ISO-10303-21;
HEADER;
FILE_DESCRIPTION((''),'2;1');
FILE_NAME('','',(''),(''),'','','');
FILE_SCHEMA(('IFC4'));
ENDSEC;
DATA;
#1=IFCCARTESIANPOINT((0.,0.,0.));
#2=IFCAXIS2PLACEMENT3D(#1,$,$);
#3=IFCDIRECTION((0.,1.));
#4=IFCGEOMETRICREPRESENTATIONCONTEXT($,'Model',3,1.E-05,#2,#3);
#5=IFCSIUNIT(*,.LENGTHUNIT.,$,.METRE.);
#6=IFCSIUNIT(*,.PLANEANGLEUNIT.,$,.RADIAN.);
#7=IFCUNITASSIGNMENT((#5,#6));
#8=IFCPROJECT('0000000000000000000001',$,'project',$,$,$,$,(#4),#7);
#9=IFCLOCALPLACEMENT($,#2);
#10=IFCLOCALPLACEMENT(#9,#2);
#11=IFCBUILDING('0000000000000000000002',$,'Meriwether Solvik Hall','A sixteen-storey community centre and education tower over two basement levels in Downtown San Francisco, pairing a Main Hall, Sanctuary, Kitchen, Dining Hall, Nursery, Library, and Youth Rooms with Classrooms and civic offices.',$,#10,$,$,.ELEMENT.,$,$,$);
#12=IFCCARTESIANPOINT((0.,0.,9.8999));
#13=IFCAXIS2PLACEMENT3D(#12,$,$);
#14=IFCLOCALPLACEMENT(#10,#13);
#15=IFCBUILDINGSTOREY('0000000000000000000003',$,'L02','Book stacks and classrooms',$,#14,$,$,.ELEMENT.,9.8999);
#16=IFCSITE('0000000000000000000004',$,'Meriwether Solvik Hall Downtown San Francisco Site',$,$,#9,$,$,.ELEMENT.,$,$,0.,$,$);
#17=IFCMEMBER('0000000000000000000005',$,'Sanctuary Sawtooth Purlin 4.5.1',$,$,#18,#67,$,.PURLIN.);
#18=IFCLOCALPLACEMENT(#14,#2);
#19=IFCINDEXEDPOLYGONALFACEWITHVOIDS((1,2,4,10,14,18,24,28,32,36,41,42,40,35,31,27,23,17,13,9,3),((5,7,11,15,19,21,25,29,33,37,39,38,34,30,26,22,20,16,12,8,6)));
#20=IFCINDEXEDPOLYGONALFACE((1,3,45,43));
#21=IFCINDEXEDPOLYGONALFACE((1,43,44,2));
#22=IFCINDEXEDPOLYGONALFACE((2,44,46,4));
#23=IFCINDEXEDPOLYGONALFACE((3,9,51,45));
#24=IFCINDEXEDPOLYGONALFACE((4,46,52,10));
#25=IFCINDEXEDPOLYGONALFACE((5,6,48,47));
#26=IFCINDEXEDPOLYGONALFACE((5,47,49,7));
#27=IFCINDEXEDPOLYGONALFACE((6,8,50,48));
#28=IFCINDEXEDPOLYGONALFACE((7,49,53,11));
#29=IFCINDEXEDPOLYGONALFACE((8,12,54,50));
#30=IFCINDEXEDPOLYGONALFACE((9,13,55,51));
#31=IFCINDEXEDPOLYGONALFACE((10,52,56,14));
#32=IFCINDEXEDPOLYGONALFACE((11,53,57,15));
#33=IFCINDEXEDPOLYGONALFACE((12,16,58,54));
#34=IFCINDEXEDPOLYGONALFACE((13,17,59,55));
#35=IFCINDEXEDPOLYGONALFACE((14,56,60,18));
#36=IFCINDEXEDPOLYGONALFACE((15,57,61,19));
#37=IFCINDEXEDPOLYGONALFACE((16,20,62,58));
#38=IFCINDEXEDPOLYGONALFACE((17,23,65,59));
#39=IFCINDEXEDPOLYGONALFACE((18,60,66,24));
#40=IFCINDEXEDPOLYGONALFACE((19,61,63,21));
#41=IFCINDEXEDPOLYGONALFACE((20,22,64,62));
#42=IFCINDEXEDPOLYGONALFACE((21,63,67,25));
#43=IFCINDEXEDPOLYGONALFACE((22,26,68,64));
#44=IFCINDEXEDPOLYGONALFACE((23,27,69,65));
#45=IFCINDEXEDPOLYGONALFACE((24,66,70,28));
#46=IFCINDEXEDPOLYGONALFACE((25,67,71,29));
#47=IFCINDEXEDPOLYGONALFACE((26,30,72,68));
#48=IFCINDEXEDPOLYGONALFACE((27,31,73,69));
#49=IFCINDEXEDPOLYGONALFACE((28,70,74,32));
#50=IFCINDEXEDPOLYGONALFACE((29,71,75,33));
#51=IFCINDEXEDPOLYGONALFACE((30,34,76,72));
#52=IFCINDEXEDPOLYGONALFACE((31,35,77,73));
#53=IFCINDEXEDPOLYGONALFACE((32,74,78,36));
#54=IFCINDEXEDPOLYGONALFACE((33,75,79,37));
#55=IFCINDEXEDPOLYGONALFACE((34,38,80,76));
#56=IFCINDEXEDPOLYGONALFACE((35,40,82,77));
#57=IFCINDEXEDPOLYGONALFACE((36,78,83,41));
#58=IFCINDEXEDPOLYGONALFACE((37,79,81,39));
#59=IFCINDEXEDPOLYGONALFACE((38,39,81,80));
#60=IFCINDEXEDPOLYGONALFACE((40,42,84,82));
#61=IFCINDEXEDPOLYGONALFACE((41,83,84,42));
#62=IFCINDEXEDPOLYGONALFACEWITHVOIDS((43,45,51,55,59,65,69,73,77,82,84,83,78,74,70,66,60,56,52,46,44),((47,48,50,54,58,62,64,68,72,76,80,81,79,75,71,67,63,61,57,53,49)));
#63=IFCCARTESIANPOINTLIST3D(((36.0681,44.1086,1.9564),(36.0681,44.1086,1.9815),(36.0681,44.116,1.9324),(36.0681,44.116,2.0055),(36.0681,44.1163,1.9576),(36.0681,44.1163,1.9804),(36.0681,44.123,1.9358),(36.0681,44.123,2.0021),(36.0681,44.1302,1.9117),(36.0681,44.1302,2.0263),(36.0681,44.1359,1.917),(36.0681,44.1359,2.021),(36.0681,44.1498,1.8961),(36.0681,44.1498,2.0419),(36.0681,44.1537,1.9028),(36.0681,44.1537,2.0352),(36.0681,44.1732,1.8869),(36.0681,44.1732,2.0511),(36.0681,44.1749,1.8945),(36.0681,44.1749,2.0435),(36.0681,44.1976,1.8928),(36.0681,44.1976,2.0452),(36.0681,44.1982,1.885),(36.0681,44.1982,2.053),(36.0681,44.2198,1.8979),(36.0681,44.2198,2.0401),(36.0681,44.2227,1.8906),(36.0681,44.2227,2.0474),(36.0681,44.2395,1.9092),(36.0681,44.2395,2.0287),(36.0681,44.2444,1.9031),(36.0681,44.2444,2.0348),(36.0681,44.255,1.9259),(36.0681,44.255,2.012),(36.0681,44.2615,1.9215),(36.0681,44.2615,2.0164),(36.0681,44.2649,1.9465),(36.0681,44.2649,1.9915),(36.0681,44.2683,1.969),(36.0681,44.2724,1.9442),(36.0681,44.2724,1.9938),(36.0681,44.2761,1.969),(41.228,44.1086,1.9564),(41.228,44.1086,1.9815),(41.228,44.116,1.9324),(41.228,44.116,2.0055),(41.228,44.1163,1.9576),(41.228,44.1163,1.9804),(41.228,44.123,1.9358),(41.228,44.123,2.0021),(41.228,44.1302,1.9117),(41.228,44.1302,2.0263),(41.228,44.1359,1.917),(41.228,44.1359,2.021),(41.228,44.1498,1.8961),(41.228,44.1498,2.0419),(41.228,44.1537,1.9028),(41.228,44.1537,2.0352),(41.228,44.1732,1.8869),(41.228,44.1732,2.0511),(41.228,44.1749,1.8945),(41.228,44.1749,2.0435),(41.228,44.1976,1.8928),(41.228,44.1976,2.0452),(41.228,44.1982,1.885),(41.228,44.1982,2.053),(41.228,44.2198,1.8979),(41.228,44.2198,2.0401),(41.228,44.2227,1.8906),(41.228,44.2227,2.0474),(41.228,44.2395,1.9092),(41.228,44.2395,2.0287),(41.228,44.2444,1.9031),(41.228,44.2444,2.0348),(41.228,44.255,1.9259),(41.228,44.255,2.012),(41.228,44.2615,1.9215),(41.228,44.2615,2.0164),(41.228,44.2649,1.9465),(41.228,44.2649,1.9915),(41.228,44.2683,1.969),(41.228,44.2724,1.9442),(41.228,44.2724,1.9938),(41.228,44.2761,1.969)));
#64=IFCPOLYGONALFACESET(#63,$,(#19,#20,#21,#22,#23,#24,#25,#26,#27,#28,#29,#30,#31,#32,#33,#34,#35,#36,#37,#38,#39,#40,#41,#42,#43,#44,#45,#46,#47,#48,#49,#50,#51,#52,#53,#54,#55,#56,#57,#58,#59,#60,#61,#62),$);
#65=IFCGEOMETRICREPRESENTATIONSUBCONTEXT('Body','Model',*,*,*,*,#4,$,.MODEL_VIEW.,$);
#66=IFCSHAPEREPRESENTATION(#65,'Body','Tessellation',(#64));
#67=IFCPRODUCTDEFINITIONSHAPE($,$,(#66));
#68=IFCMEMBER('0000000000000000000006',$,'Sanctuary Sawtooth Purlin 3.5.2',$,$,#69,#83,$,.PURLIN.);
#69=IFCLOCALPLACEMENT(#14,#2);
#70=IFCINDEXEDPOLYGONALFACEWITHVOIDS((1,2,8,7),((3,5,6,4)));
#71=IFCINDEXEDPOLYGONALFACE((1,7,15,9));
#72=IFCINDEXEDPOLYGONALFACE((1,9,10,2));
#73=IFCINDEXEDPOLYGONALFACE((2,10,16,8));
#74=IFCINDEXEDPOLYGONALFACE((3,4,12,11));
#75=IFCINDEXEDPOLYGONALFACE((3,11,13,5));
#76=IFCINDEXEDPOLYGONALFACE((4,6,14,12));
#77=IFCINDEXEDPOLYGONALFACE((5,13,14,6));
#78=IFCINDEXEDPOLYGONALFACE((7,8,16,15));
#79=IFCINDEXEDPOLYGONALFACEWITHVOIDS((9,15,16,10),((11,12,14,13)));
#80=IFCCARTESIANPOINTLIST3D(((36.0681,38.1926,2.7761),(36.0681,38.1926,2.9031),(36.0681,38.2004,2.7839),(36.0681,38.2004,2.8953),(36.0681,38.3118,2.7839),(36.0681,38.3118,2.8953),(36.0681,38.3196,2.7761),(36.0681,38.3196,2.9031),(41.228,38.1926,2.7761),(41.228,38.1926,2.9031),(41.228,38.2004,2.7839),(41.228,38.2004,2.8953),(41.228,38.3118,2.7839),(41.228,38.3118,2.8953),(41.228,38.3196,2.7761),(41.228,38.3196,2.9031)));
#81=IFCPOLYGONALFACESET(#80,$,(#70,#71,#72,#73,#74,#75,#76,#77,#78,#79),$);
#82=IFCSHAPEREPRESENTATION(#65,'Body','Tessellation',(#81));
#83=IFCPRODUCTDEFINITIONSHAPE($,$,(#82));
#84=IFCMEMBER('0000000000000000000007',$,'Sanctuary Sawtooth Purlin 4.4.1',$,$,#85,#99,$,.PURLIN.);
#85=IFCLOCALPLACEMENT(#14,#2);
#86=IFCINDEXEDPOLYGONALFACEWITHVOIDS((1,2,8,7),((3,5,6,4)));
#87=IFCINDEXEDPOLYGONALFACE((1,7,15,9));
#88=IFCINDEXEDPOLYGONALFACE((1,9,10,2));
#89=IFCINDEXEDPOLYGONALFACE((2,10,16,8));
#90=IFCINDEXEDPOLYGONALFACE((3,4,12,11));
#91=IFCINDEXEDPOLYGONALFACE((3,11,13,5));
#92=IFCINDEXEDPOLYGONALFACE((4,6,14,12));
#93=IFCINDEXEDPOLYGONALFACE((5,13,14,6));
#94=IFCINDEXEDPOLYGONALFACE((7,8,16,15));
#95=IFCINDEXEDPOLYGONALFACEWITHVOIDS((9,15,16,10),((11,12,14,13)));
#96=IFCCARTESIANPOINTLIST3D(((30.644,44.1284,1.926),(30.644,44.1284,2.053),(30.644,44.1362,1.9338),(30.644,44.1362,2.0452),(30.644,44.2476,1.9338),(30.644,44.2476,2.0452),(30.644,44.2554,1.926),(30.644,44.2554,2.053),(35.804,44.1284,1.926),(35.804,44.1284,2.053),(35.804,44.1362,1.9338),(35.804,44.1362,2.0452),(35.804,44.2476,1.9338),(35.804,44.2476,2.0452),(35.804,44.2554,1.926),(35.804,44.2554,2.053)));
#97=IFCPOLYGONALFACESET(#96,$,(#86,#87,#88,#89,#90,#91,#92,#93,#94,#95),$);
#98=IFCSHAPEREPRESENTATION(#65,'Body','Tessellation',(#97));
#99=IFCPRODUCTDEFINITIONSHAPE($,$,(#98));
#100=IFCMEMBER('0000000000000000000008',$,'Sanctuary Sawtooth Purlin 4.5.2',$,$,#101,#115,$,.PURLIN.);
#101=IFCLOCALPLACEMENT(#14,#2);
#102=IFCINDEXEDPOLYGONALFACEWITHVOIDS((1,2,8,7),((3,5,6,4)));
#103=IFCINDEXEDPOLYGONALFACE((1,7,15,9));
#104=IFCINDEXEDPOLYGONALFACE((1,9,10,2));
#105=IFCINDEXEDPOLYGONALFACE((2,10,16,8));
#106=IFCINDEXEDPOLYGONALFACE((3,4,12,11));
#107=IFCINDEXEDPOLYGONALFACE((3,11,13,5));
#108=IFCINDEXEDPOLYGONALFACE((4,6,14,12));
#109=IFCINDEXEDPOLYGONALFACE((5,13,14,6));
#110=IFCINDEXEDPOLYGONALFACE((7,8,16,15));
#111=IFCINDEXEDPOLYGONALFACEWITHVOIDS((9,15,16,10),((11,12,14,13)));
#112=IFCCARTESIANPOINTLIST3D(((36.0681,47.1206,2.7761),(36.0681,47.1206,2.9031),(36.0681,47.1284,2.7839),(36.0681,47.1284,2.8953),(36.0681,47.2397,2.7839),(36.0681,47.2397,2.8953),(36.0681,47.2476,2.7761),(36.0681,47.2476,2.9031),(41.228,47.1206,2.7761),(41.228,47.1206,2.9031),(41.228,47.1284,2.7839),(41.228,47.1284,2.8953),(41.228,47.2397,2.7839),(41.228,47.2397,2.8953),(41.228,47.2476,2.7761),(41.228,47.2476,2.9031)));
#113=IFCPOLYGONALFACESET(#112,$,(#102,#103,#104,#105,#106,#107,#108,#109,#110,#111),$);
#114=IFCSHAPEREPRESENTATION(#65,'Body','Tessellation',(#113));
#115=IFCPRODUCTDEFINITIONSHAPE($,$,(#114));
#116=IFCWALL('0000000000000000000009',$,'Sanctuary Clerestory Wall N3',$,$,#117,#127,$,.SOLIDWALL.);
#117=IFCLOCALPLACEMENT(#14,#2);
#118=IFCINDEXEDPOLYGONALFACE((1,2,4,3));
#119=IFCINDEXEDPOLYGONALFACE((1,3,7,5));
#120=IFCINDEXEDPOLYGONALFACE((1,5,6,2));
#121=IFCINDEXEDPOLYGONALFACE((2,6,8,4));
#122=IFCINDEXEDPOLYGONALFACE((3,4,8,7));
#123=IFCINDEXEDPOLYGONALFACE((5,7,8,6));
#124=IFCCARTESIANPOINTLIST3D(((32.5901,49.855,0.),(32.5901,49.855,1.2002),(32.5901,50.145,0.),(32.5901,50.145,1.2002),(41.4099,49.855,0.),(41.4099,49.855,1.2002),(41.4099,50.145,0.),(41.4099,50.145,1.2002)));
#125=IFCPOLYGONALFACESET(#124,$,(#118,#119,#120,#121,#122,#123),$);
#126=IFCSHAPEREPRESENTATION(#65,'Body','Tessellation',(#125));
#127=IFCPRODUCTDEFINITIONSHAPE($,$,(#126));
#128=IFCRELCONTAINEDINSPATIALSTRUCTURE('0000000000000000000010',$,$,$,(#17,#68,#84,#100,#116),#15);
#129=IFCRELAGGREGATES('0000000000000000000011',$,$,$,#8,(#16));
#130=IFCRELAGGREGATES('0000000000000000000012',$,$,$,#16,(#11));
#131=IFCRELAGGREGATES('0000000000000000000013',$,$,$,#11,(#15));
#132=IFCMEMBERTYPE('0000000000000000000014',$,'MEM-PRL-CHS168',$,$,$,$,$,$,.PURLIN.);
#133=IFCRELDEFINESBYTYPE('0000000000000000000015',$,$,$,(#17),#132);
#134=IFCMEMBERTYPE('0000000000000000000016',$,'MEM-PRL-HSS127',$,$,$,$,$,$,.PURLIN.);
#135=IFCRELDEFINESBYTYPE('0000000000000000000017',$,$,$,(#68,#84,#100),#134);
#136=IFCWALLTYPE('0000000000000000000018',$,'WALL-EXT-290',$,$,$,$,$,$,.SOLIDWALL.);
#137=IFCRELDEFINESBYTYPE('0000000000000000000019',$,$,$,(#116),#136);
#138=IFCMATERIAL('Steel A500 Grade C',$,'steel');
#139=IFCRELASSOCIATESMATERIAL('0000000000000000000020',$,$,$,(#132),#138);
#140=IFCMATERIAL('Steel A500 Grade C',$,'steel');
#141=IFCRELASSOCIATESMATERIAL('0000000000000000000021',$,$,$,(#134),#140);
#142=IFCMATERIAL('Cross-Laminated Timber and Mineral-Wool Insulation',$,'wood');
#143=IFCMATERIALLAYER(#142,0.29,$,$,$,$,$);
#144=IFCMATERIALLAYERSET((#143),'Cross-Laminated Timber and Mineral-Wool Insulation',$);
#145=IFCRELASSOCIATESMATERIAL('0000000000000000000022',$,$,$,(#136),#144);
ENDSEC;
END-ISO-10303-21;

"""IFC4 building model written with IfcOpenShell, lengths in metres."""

from ifc_helpers import new_model, si_unit, direction, frame, frame_2d, origin, origin_2d, place, context, subcontext, project, spatial, rectangle, hollow_rectangle, hollow_circle, extrude, material, layer, layer_set, material_profile, profile_set, type_object, element, save


model = new_model("IFC4")

# Units and contexts
model_context = context("Model", 3, precision=1e-05, world=origin(), true_north=direction((0.0, 1.0)))
body_context = subcontext(model_context, "Body", "Model", "MODEL_VIEW")
ifc_project = project(units=[si_unit("LENGTHUNIT", "METRE"), si_unit("PLANEANGLEUNIT", "RADIAN")], contexts=[model_context])

# Site, building, storey
site_placement = place(None, origin())
site = spatial("IfcSite", under=ifc_project, at=site_placement, Name="Meriwether Solvik Hall Downtown San Francisco Site", CompositionType="ELEMENT", RefElevation=0.0)
building_placement = place(site_placement, origin())
building = spatial("IfcBuilding", under=site, at=building_placement, Name="Meriwether Solvik Hall", Description="A sixteen-storey community centre and education tower over two basement levels in Downtown San Francisco, pairing a Main Hall, Sanctuary, Kitchen, Dining Hall, Nursery, Library, and Youth Rooms with Classrooms and civic offices.", CompositionType="ELEMENT")
storey_placement = place(building_placement, frame((0.0, 0.0, 9.8999)))
storey = spatial("IfcBuildingStorey", under=building, at=storey_placement, Name="L02", Description="Book stacks and classrooms", CompositionType="ELEMENT", Elevation=9.8999)

# Members
ifc_material_1 = material(Name="Steel A500 Grade C", Category="steel")
ifc_material_profile_1 = material_profile(ifc_material_1, hollow_circle(Radius=0.0842, WallThickness=0.0078, at=origin_2d()), Name="CHS168X7.9")
ifc_profile_set_1 = profile_set([ifc_material_profile_1], Name="Steel A500 Grade C")
member_type_1 = type_object("IfcMemberType", Name="MEM-PRL-CHS168", PredefinedType="PURLIN", material=ifc_profile_set_1)
for number, where, z_axis, x_axis, name in (
    (1, (36.0681, 44.1919, 1.969), (1.0, 0.0, 0.0), (0.0, 1.0, 0.0), "Sanctuary Sawtooth Purlin 4.5.1"),
):
    element("IfcMember", number, at=place(storey_placement, frame(where, z_axis=z_axis, x_axis=x_axis)), inside=storey, type_object=member_type_1, Name=name, PredefinedType="PURLIN", context=body_context, shape_type="SweptSolid", body=[
        extrude(hollow_circle(Radius=0.0842, WallThickness=0.0078, at=origin_2d()), origin(), (0.0, 0.0, 1.0), 5.1599),
    ])
ifc_material_2 = material(Name="Steel A500 Grade C", Category="steel")
ifc_material_profile_2 = material_profile(ifc_material_2, hollow_rectangle(XDim=0.127, YDim=0.127, WallThickness=0.0078, at=origin_2d()), Name="HSS127X127X7.9")
ifc_profile_set_2 = profile_set([ifc_material_profile_2], Name="Steel A500 Grade C")
member_type_2 = type_object("IfcMemberType", Name="MEM-PRL-HSS127", PredefinedType="PURLIN", material=ifc_profile_set_2)
for number, where, z_axis, x_axis, name in (
    (2, (36.0681, 38.2561, 2.8396), (1.0, 0.0, 0.0), (0.0, 1.0, 0.0), "Sanctuary Sawtooth Purlin 3.5.2"),
    (3, (30.644, 44.1919, 1.9895), (1.0, 0.0, 0.0), (0.0, 1.0, 0.0), "Sanctuary Sawtooth Purlin 4.4.1"),
    (4, (36.0681, 47.1841, 2.8396), (1.0, 0.0, 0.0), (0.0, 1.0, 0.0), "Sanctuary Sawtooth Purlin 4.5.2"),
):
    element("IfcMember", number, at=place(storey_placement, frame(where, z_axis=z_axis, x_axis=x_axis)), inside=storey, type_object=member_type_2, Name=name, PredefinedType="PURLIN", context=body_context, shape_type="SweptSolid", body=[
        extrude(hollow_rectangle(XDim=0.127, YDim=0.127, WallThickness=0.0078, at=origin_2d()), origin(), (0.0, 0.0, 1.0), 5.1599),
    ])

# Wall
ifc_material_3 = material(Name="Cross-Laminated Timber and Mineral-Wool Insulation", Category="wood")
ifc_layer_1 = layer(ifc_material_3, 0.29)
ifc_layer_set_1 = layer_set([ifc_layer_1], Name="Cross-Laminated Timber and Mineral-Wool Insulation")
wall_type_1 = type_object("IfcWallType", Name="WALL-EXT-290", PredefinedType="SOLIDWALL", material=ifc_layer_set_1)
wall_1_placement = place(storey_placement, frame((32.5901, 50.0, 0.0), z_axis=(0.0, 0.0, 1.0), x_axis=(1.0, 0.0, 0.0)))
element("IfcWall", 5, at=wall_1_placement, inside=storey, type_object=wall_type_1, Name="Sanctuary Clerestory Wall N3", PredefinedType="SOLIDWALL", context=body_context, shape_type="SweptSolid", body=[
    extrude(rectangle(XDim=8.8198, YDim=0.29, at=frame_2d((4.4099, 0.0))), origin(), (0.0, 0.0, 1.0), 1.2002),
])

save(model, "model.ifc")
